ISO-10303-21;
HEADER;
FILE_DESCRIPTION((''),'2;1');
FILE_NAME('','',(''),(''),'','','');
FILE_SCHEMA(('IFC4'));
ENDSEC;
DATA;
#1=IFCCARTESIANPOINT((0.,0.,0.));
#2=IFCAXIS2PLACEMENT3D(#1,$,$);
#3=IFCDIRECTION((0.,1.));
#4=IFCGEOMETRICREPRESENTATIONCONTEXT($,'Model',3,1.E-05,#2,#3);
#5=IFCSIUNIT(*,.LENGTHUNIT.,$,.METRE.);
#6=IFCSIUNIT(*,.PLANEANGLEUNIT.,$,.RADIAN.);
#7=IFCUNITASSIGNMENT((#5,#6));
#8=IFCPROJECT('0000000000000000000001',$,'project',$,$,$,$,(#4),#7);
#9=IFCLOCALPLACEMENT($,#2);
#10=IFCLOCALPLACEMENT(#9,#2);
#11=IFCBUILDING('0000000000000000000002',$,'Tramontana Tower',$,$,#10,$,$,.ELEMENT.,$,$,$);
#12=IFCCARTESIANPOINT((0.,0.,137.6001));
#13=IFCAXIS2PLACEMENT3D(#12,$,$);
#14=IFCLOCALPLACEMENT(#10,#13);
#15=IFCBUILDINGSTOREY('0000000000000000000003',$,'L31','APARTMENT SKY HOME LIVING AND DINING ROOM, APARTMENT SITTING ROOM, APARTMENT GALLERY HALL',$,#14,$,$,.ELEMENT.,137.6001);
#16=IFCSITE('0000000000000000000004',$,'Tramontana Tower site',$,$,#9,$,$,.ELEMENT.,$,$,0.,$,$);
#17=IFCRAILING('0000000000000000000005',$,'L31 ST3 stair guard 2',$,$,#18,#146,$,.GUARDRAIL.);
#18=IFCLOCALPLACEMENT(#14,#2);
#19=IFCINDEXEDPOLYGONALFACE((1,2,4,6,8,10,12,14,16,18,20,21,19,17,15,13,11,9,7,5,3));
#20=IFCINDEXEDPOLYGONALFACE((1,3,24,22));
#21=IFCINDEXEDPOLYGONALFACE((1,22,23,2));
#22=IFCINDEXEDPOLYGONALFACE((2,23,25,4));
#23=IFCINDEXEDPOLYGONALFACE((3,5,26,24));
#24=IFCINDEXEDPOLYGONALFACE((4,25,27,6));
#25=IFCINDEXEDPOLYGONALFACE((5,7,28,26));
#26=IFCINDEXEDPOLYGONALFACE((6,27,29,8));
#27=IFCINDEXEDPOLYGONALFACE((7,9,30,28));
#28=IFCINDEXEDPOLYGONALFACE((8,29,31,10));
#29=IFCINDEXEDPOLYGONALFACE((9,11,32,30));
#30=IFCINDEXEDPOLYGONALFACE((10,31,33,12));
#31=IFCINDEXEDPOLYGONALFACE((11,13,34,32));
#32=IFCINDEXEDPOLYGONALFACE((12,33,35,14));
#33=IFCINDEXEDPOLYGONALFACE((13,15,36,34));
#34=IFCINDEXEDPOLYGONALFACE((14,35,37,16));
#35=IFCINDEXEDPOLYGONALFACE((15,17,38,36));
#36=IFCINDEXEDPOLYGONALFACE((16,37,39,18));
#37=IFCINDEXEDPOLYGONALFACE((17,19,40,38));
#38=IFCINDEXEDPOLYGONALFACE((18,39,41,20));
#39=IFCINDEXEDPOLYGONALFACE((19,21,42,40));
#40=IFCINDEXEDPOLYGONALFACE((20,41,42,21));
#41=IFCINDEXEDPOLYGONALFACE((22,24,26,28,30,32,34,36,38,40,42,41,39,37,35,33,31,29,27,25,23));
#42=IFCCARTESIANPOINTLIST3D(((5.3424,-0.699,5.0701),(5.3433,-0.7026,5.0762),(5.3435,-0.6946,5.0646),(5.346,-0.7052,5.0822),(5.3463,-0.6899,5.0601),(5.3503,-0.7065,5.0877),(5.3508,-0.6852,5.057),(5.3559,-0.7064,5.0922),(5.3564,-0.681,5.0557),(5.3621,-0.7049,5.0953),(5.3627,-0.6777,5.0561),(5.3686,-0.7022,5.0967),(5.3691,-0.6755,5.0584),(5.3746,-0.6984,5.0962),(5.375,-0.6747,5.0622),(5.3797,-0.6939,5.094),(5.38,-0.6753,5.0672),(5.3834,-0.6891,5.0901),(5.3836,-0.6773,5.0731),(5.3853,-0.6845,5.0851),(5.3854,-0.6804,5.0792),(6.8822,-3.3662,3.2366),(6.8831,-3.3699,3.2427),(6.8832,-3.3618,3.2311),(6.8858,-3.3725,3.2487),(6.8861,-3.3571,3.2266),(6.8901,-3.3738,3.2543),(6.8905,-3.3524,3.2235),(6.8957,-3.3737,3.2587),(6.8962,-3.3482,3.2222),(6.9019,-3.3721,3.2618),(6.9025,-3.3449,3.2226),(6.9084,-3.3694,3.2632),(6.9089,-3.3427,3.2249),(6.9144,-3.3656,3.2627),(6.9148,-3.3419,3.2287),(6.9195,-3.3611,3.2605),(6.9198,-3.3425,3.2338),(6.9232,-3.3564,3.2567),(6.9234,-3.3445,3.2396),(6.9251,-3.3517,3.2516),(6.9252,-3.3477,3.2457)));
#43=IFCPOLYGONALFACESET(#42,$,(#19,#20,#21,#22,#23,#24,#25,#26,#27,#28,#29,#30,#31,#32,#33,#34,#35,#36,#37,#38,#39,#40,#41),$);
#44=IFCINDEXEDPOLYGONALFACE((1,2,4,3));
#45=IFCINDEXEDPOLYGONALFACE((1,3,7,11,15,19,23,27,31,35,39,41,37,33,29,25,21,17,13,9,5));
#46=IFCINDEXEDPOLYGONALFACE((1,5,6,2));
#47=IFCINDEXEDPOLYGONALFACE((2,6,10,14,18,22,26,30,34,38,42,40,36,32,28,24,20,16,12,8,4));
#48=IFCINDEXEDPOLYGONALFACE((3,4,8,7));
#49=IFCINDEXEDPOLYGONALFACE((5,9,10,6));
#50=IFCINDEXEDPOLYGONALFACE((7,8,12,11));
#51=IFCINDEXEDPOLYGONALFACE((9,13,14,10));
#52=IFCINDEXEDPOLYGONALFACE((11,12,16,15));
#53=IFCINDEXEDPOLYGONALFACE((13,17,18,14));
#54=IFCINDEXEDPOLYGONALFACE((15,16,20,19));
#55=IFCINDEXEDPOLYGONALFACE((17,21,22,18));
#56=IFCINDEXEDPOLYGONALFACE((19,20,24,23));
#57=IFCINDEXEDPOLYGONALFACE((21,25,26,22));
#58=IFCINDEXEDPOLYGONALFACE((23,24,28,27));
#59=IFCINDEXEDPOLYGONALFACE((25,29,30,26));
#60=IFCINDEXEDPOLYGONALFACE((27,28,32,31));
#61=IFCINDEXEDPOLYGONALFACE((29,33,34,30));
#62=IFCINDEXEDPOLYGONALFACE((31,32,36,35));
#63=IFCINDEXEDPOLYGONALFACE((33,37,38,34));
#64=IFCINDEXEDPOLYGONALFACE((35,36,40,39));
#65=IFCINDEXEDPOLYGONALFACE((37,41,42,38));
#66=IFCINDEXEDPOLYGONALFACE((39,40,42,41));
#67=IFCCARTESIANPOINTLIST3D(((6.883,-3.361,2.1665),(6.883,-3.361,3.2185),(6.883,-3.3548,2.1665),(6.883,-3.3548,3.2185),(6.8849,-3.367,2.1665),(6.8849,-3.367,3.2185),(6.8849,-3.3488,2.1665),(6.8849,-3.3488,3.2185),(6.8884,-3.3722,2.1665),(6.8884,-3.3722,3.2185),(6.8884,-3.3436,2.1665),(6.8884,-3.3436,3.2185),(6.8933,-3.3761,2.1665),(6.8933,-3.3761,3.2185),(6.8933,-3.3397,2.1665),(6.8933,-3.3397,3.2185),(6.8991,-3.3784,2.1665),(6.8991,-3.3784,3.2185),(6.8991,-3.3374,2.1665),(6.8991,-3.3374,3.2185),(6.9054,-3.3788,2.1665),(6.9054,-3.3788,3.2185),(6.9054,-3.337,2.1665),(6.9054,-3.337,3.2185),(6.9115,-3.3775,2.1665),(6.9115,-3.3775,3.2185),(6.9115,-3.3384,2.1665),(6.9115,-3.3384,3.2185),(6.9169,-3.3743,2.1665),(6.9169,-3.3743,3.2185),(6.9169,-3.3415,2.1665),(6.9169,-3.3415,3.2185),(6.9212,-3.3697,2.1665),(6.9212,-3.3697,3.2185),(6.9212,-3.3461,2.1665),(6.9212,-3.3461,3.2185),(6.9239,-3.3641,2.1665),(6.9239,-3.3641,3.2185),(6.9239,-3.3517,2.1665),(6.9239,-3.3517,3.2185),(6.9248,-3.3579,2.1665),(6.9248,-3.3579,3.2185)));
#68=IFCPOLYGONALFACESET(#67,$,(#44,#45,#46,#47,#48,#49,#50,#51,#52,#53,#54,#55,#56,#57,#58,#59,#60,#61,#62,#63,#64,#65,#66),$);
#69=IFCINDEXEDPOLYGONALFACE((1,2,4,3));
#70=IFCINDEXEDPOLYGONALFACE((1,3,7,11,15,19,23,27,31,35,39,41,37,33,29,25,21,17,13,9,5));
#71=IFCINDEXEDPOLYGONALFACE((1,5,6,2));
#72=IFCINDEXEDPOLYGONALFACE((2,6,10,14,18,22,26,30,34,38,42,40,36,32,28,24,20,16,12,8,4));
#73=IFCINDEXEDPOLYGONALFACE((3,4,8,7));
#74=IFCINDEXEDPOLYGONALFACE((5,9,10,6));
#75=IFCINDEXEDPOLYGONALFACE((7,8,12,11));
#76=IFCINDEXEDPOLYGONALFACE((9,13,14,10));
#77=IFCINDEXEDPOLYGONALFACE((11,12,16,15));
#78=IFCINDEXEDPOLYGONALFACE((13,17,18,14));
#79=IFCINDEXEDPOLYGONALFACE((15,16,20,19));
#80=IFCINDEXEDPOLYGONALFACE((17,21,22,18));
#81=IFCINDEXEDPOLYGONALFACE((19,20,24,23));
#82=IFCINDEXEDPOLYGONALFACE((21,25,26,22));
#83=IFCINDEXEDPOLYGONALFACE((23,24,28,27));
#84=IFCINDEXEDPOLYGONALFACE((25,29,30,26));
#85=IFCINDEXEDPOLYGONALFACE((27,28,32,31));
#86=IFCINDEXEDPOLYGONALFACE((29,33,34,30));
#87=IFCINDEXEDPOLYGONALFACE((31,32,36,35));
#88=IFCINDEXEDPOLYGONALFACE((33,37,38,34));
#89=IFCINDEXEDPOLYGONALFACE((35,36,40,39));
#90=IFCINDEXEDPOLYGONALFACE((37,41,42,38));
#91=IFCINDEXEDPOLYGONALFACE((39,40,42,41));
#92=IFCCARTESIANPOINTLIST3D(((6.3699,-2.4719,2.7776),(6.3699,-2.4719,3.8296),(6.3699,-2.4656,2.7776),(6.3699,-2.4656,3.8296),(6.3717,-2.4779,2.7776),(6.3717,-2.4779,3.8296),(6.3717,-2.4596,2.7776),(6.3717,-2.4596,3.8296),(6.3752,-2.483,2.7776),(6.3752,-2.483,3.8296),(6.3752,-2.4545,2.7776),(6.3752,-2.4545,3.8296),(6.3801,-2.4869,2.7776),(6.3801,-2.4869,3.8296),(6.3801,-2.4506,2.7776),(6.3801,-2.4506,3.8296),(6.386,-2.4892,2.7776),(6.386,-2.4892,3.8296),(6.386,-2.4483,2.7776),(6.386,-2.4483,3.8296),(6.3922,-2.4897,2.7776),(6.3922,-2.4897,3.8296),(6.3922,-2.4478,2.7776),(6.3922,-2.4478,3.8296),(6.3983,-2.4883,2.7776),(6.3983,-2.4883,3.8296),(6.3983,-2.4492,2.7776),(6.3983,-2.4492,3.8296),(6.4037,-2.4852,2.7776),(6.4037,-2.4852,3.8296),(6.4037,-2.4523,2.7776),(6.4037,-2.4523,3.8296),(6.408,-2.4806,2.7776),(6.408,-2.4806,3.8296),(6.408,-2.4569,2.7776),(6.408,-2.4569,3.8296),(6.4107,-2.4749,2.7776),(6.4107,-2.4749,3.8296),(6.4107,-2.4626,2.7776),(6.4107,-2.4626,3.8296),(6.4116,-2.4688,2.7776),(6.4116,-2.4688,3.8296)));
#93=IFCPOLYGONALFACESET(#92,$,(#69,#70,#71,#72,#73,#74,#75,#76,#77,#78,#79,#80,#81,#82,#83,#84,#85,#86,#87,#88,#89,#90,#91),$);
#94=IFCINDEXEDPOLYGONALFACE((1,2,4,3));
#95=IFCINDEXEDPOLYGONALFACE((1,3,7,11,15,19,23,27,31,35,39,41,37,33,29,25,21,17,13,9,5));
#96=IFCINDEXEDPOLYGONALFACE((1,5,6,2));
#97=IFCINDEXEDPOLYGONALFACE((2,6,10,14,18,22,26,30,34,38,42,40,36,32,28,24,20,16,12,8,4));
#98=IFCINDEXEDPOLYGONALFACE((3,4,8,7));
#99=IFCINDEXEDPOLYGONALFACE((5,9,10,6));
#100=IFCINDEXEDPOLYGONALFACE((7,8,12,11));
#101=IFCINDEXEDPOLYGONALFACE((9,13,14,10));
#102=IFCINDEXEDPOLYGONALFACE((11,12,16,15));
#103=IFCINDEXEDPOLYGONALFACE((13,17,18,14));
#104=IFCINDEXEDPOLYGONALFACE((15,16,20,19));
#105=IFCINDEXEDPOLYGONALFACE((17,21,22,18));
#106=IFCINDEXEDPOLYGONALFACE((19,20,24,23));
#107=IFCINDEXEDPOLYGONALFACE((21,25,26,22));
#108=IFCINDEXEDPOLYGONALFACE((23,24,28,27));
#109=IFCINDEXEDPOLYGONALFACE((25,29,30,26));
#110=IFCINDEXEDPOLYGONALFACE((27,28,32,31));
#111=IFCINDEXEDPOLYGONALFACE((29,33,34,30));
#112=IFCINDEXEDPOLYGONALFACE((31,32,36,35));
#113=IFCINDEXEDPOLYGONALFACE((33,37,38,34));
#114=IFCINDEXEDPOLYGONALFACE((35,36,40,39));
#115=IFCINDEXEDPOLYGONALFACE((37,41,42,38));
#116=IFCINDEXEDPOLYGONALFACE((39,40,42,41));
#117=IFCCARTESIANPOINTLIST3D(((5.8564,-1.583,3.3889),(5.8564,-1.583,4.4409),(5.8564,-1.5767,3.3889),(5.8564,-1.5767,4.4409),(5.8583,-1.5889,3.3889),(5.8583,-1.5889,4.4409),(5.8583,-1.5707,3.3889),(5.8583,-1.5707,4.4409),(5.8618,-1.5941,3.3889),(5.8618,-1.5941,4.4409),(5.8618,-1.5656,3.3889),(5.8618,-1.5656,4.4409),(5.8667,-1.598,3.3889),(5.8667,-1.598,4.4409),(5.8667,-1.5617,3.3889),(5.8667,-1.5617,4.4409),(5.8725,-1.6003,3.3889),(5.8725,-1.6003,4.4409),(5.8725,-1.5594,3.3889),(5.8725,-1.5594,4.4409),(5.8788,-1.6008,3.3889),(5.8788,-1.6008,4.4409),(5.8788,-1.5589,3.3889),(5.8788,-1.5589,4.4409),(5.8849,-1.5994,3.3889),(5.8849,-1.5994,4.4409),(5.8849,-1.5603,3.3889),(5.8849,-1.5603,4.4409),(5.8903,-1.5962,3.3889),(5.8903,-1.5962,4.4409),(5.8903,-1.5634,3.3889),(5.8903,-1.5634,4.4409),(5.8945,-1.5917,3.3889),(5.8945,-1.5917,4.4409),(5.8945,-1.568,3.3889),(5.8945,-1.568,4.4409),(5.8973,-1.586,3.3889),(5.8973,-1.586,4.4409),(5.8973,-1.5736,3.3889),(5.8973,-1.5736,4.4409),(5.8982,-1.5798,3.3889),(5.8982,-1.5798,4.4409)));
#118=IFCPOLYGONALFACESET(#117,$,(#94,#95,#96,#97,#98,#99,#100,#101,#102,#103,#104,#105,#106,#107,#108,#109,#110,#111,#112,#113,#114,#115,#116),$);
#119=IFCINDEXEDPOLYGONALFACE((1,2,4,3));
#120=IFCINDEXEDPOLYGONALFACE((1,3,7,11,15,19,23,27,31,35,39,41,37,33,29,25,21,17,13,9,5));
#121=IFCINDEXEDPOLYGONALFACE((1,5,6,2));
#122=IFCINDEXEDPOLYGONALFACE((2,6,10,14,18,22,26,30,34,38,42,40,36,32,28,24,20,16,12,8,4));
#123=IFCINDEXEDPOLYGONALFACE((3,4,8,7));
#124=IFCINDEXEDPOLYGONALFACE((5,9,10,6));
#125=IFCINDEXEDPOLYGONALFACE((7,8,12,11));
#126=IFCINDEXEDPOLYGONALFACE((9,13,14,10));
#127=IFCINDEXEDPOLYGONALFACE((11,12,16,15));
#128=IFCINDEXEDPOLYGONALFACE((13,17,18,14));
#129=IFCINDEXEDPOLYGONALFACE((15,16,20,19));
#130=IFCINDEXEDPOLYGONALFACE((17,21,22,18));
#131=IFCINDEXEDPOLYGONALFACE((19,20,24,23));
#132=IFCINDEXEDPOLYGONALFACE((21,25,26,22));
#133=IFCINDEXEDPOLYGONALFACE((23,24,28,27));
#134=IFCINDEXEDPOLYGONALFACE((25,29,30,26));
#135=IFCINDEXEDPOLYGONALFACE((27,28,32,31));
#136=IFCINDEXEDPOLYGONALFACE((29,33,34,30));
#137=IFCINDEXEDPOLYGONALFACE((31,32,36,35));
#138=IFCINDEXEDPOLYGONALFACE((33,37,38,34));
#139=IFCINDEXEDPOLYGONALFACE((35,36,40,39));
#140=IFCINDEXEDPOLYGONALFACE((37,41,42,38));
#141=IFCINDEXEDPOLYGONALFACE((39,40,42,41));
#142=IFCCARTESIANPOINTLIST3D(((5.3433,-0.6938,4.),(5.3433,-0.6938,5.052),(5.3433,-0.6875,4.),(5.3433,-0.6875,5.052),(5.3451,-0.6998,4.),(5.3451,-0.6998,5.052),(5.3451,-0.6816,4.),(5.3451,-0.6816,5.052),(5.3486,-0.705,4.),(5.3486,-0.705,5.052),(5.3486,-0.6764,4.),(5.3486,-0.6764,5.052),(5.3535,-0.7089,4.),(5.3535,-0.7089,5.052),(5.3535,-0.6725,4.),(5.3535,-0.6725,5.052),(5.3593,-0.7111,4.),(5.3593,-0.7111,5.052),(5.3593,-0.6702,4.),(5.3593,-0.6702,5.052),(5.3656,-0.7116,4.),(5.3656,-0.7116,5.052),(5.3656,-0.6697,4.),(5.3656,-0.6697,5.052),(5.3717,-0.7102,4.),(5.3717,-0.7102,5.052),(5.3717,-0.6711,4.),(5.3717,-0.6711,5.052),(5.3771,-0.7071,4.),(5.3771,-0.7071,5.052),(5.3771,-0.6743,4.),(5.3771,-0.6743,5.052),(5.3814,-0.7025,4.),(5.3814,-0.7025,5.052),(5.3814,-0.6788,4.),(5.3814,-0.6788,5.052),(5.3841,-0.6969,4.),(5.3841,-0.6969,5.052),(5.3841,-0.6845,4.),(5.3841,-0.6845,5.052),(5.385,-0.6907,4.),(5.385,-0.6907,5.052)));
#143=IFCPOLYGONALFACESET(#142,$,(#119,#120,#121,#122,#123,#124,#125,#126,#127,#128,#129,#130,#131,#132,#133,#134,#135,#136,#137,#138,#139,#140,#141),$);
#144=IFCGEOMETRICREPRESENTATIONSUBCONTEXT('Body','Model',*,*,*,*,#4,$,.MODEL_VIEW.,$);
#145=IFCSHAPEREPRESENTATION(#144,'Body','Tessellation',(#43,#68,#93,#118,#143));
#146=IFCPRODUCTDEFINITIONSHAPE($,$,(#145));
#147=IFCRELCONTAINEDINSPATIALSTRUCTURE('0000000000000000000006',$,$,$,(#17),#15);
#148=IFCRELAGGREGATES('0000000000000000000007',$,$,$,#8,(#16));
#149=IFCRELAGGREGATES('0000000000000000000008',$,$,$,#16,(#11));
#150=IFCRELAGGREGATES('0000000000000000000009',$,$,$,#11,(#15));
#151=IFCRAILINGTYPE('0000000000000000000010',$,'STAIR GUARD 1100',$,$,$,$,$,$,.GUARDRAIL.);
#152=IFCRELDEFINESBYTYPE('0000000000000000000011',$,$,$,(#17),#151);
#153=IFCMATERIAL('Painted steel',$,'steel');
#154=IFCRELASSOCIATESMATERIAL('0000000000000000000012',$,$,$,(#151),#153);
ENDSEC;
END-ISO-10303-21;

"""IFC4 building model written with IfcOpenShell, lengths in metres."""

from ifc_helpers import new_model, si_unit, direction, frame, origin, origin_2d, place, context, subcontext, project, spatial, circle, extrude, material, type_object, element, save


model = new_model("IFC4")

# Units and contexts
model_context = context("Model", 3, precision=1e-05, world=origin(), true_north=direction((0.0, 1.0)))
body_context = subcontext(model_context, "Body", "Model", "MODEL_VIEW")
ifc_project = project(units=[si_unit("LENGTHUNIT", "METRE"), si_unit("PLANEANGLEUNIT", "RADIAN")], contexts=[model_context])

# Site, building, storey
site_placement = place(None, origin())
site = spatial("IfcSite", under=ifc_project, at=site_placement, Name="Tramontana Tower site", CompositionType="ELEMENT", RefElevation=0.0)
building_placement = place(site_placement, origin())
building = spatial("IfcBuilding", under=site, at=building_placement, Name="Tramontana Tower", CompositionType="ELEMENT")
storey_placement = place(building_placement, frame((0.0, 0.0, 137.6001)))
storey = spatial("IfcBuildingStorey", under=building, at=storey_placement, Name="L31", Description="APARTMENT SKY HOME LIVING AND DINING ROOM, APARTMENT SITTING ROOM, APARTMENT GALLERY HALL", CompositionType="ELEMENT", Elevation=137.6001)

# Railing
ifc_material_1 = material(Name="Painted steel", Category="steel")
railing_type_1 = type_object("IfcRailingType", Name="STAIR GUARD 1100", PredefinedType="GUARDRAIL", material=ifc_material_1)
railing_1_placement = place(storey_placement, frame((6.9038, -3.3579, 2.1665)))
element("IfcRailing", 1, at=railing_1_placement, inside=storey, type_object=railing_type_1, Name="L31 ST3 stair guard 2", PredefinedType="GUARDRAIL", context=body_context, shape_type="SweptSolid", body=[
    extrude(circle(Radius=0.0239, at=origin_2d()), frame((0.0, 0.0, 1.0762), z_axis=(-0.429601, 0.744155, 0.511543), x_axis=(-0.866044, -0.499967, 0.0)), (0.0, 0.0, 1.0), 3.5842),
    extrude(circle(Radius=0.021, at=origin_2d()), origin(), (0.0, 0.0, 1.0), 1.052),
    extrude(circle(Radius=0.021, at=origin_2d()), frame((-0.5132, 0.8892, 0.6111)), (0.0, 0.0, 1.0), 1.052),
    extrude(circle(Radius=0.021, at=origin_2d()), frame((-1.0266, 1.7781, 1.2224)), (0.0, 0.0, 1.0), 1.052),
    extrude(circle(Radius=0.021, at=origin_2d()), frame((-1.5398, 2.6672, 1.8335)), (0.0, 0.0, 1.0), 1.052),
])

save(model, "model.ifc")
